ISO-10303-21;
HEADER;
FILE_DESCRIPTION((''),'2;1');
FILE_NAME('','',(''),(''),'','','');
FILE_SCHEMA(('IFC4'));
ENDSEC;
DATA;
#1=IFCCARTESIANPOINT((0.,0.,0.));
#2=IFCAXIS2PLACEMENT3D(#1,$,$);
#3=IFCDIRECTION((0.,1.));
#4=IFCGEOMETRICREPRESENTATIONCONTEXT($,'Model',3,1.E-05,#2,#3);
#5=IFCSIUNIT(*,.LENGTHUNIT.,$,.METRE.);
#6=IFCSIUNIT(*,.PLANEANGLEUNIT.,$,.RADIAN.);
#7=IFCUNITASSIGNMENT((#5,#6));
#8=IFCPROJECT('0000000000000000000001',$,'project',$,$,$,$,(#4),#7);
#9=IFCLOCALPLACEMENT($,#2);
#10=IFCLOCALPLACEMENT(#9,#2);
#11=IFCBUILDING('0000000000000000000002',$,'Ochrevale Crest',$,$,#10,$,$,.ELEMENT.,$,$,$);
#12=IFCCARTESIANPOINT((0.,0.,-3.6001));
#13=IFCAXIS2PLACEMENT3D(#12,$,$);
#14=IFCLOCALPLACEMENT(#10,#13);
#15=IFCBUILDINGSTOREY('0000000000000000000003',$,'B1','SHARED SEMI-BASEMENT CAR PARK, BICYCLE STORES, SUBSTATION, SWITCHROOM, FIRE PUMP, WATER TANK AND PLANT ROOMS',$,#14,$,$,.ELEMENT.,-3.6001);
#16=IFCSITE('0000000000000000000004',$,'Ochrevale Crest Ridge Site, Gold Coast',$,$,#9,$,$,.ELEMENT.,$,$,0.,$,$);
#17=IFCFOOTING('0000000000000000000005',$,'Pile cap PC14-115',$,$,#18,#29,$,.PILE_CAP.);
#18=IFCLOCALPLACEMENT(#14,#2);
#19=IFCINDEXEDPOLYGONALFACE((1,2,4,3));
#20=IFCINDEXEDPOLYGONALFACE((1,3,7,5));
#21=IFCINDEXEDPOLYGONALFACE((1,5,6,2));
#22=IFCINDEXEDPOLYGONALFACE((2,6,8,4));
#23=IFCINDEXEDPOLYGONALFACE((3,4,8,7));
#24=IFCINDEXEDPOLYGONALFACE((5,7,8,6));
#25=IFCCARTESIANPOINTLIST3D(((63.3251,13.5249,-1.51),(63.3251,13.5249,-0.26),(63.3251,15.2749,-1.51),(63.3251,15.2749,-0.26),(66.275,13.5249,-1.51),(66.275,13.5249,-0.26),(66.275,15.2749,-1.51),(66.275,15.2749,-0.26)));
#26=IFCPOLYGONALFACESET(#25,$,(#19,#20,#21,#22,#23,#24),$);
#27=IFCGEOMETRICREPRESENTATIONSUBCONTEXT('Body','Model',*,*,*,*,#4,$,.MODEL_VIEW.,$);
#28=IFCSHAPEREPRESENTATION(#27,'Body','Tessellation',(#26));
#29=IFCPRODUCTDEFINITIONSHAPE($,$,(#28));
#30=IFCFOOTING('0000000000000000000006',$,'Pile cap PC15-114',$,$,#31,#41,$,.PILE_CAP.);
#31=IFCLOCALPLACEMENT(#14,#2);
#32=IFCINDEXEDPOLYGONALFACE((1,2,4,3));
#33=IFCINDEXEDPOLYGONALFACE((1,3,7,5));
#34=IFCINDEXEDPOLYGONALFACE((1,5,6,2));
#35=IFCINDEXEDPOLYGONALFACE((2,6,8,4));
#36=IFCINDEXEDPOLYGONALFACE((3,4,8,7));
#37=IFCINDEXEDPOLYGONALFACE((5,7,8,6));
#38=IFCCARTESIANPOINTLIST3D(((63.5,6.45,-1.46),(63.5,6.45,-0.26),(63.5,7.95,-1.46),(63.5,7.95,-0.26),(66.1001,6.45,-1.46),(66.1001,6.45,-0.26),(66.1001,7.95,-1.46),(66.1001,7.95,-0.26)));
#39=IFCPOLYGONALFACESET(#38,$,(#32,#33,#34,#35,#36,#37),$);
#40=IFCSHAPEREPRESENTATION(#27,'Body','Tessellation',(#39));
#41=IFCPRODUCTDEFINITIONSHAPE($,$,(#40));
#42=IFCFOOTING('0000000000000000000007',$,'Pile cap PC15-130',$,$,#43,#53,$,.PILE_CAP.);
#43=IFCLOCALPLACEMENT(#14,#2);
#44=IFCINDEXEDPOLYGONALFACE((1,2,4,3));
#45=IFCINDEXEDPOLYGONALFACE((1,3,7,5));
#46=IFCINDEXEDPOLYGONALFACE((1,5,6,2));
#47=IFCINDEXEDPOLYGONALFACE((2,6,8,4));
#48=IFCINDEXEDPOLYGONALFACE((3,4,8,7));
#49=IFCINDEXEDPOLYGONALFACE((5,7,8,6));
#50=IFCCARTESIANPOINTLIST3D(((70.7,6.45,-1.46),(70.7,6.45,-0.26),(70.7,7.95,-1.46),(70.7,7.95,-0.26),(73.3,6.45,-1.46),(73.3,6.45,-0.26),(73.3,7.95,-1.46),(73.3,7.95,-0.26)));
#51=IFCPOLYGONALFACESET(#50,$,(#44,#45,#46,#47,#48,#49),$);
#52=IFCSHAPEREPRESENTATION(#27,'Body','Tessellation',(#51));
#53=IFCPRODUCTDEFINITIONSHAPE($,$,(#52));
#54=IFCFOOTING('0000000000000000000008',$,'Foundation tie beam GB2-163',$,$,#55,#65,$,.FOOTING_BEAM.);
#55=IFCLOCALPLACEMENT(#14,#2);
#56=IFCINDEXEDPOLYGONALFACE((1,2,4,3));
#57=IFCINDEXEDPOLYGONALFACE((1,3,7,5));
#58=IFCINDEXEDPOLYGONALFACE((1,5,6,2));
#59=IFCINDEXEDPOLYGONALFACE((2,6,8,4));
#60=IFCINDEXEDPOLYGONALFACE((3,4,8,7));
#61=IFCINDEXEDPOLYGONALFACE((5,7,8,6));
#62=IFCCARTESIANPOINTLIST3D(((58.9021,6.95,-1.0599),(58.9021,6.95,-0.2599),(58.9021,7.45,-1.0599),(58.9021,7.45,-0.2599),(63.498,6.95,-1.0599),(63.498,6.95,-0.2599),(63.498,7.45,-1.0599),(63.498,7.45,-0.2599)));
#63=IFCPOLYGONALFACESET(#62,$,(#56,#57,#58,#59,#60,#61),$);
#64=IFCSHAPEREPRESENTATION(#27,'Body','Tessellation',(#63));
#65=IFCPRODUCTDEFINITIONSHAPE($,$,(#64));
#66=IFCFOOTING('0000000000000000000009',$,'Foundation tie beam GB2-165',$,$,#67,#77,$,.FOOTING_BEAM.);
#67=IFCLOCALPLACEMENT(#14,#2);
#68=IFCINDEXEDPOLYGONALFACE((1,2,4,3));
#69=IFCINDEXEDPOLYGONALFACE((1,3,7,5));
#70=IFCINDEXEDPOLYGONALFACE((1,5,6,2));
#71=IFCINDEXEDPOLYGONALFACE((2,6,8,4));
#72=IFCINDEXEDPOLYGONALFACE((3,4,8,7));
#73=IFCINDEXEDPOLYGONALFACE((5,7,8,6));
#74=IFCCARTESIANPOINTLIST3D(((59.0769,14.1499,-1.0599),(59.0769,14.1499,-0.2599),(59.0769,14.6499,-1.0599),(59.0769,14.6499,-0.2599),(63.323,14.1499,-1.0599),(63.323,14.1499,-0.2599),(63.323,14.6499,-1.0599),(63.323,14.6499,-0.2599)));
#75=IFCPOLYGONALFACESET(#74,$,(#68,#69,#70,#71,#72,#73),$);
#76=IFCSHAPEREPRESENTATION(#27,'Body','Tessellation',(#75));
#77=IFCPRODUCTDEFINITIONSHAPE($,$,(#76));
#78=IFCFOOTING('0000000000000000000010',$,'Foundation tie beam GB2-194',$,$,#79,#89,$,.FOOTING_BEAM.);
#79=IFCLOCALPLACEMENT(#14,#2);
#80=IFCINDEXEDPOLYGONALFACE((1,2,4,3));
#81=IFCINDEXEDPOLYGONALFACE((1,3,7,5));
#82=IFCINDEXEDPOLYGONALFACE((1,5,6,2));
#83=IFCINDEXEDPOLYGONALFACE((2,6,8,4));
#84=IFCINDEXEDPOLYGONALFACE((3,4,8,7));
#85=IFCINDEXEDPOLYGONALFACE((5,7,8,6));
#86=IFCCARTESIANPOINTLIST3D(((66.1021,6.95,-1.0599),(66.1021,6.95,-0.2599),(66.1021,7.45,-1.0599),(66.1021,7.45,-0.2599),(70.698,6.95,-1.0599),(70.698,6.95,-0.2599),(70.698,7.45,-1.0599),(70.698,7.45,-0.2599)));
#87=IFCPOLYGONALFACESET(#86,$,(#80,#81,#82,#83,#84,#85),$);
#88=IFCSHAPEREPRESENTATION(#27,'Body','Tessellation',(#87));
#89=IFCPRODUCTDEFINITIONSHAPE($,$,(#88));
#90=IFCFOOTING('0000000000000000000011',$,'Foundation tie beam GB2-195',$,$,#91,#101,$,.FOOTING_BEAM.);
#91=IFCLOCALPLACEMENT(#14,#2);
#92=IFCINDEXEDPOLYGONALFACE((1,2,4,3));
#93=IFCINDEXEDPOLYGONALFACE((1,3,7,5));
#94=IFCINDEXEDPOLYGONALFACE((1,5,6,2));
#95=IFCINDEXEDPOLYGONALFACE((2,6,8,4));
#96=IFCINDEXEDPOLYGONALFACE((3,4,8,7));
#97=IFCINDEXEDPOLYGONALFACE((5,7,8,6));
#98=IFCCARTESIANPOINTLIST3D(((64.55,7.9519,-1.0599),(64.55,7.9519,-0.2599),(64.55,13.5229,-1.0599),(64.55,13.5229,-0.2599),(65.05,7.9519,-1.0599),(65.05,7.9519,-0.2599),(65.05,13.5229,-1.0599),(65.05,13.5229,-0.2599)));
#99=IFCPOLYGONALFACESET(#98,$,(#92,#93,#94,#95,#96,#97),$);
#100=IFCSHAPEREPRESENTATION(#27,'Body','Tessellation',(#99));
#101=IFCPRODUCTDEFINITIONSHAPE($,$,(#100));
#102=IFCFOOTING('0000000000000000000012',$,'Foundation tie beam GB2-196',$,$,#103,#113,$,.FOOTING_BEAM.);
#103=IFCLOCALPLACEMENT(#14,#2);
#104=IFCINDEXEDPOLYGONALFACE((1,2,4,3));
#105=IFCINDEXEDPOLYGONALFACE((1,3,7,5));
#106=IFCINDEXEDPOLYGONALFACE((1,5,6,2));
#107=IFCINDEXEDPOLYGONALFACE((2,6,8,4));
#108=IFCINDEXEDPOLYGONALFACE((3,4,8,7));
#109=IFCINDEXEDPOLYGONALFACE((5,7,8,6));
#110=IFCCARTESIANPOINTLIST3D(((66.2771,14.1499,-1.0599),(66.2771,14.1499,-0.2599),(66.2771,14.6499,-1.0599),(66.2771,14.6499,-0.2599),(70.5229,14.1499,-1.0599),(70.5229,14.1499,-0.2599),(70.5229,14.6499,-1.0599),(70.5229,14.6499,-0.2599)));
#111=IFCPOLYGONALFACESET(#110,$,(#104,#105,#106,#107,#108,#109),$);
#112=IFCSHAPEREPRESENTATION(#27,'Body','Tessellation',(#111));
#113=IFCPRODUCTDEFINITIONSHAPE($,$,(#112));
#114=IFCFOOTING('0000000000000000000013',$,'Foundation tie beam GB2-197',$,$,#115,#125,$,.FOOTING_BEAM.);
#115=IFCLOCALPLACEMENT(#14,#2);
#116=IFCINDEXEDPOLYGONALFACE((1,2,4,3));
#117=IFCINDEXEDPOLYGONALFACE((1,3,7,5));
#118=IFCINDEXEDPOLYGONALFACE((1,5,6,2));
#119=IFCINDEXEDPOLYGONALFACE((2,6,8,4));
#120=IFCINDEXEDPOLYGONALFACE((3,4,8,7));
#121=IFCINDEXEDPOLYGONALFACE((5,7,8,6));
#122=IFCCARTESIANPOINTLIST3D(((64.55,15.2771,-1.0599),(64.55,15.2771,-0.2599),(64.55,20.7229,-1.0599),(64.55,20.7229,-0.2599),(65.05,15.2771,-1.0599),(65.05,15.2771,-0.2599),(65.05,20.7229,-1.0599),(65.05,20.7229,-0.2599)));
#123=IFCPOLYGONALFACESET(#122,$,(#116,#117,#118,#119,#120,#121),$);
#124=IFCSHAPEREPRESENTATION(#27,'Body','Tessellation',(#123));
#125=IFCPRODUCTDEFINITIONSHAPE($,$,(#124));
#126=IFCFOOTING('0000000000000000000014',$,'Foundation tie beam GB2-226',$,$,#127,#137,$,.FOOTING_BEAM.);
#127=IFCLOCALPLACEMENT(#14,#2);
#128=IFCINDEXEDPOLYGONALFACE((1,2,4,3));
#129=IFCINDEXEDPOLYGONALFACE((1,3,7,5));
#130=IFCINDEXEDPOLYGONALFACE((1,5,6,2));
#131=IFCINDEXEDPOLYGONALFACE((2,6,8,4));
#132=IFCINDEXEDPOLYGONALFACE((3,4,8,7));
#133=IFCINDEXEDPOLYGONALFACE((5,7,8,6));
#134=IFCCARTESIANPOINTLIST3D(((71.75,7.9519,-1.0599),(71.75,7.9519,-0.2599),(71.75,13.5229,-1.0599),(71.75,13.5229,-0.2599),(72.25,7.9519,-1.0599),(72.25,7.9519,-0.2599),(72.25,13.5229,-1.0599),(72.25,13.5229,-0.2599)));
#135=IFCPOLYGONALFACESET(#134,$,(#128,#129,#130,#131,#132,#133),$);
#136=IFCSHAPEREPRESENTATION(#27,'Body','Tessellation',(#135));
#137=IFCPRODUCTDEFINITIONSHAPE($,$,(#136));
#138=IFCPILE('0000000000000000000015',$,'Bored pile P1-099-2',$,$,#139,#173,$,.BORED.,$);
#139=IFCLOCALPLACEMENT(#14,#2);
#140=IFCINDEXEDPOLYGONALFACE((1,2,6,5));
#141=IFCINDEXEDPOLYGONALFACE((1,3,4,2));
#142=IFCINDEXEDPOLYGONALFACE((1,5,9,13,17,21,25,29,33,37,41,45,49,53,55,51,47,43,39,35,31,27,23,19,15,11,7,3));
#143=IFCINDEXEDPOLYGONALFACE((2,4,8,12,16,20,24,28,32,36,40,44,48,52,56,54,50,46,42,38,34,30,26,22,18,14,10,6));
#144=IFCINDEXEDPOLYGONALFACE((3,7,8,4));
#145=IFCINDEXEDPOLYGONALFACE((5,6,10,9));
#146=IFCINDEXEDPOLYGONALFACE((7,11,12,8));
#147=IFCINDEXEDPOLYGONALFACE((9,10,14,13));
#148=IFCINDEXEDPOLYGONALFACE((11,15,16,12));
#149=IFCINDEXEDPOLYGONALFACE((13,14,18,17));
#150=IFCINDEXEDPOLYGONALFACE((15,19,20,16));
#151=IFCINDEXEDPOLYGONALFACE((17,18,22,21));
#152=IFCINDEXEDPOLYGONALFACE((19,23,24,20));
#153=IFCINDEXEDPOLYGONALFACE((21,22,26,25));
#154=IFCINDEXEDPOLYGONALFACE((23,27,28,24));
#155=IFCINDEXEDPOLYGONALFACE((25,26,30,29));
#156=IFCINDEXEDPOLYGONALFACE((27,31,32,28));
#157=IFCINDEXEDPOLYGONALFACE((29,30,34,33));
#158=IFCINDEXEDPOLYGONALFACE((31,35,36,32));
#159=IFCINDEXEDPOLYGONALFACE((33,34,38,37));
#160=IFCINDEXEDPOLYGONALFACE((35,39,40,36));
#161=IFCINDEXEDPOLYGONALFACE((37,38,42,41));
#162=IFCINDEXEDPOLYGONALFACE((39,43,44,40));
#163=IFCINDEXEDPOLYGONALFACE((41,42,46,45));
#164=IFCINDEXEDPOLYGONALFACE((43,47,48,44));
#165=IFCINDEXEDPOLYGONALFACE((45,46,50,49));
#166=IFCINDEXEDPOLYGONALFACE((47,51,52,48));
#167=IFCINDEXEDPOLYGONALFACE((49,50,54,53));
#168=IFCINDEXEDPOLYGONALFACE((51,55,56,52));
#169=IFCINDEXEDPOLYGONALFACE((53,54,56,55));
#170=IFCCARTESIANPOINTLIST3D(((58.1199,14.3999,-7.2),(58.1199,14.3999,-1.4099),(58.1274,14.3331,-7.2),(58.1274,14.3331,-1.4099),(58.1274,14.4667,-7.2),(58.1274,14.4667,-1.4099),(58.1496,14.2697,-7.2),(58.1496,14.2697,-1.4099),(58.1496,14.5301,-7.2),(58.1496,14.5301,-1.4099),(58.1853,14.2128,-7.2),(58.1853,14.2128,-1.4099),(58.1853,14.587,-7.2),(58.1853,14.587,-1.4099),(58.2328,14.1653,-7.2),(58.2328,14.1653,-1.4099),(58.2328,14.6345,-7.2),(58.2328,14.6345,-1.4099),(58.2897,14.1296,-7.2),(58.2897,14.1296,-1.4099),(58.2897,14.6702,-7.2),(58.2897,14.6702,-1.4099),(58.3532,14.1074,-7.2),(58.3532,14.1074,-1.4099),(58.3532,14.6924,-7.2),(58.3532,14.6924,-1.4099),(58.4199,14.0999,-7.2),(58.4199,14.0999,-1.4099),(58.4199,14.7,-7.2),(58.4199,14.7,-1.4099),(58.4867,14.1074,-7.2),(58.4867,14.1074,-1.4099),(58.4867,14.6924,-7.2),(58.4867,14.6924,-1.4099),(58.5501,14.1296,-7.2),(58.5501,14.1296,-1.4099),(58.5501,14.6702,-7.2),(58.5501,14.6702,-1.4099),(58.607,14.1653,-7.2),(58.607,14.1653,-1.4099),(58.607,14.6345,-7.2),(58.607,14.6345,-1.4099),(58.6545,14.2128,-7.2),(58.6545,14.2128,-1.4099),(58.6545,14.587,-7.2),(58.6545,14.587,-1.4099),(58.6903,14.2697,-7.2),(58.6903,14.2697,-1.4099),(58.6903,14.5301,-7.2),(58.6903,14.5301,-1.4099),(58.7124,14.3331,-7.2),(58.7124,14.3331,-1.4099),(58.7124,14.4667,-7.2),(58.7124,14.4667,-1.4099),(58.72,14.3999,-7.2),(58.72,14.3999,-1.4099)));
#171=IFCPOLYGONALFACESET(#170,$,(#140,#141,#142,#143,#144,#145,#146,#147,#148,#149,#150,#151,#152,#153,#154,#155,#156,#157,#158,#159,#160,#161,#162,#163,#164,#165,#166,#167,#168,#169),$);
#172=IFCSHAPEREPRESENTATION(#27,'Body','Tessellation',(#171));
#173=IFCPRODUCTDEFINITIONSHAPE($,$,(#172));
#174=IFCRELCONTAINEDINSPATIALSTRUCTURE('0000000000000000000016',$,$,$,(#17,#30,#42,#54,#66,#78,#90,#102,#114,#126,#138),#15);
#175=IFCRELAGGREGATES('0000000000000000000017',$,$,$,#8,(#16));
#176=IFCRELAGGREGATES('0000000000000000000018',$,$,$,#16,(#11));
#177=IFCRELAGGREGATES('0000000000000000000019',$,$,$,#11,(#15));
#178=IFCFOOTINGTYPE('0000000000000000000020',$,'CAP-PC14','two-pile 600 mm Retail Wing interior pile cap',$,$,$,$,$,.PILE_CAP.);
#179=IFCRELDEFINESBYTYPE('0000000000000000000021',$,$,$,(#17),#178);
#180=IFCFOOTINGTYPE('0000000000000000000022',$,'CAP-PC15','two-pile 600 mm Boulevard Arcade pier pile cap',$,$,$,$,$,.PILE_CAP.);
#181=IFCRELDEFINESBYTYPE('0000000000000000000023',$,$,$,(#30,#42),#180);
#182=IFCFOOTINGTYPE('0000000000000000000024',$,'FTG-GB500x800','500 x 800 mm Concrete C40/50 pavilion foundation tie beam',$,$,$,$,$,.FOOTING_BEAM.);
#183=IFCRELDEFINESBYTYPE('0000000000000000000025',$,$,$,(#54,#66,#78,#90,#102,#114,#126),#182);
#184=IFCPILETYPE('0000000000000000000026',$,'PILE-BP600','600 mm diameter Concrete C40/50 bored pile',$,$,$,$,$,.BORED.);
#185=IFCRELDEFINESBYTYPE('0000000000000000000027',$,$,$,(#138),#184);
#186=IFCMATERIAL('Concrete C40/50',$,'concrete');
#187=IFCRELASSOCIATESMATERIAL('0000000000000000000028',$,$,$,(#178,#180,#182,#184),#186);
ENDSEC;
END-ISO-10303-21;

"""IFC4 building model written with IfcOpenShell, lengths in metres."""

from ifc_helpers import new_model, si_unit, direction, frame, origin, origin_2d, place, context, subcontext, project, spatial, rectangle, circle, extrude, material, material_profile, profile_set, type_object, element, save


model = new_model("IFC4")

# Units and contexts
model_context = context("Model", 3, precision=1e-05, world=origin(), true_north=direction((0.0, 1.0)))
body_context = subcontext(model_context, "Body", "Model", "MODEL_VIEW")
ifc_project = project(units=[si_unit("LENGTHUNIT", "METRE"), si_unit("PLANEANGLEUNIT", "RADIAN")], contexts=[model_context])

# Site, building, storey
site_placement = place(None, origin())
site = spatial("IfcSite", under=ifc_project, at=site_placement, Name="Ochrevale Crest Ridge Site, Gold Coast", CompositionType="ELEMENT", RefElevation=0.0)
building_placement = place(site_placement, origin())
building = spatial("IfcBuilding", under=site, at=building_placement, Name="Ochrevale Crest", CompositionType="ELEMENT")
storey_placement = place(building_placement, frame((0.0, 0.0, -3.6001)))
storey = spatial("IfcBuildingStorey", under=building, at=storey_placement, Name="B1", Description="SHARED SEMI-BASEMENT CAR PARK, BICYCLE STORES, SUBSTATION, SWITCHROOM, FIRE PUMP, WATER TANK AND PLANT ROOMS", CompositionType="ELEMENT", Elevation=-3.6001)

# Footings
ifc_material_1 = material(Name="Concrete C40/50", Category="concrete")
footing_type_1 = type_object("IfcFootingType", Name="CAP-PC14", Description="two-pile 600 mm Retail Wing interior pile cap", PredefinedType="PILE_CAP", material=ifc_material_1)
footing_1_placement = place(storey_placement, frame((64.8, 14.3999, -1.51), z_axis=(0.0, 0.0, 1.0), x_axis=(1.0, 0.0, 0.0)))
element("IfcFooting", 1, at=footing_1_placement, inside=storey, type_object=footing_type_1, Name="Pile cap PC14-115", PredefinedType="PILE_CAP", context=body_context, shape_type="SweptSolid", body=[
    extrude(rectangle(XDim=2.95, YDim=1.75, at=origin_2d()), origin(), (0.0, 0.0, 1.0), 1.25),
])
footing_type_2 = type_object("IfcFootingType", Name="CAP-PC15", Description="two-pile 600 mm Boulevard Arcade pier pile cap", PredefinedType="PILE_CAP", material=ifc_material_1)
for number, where, z_axis, x_axis, name in (
    (2, (64.8, 7.2, -1.46), (0.0, 0.0, 1.0), (1.0, 0.0, 0.0), "Pile cap PC15-114"),
    (3, (72.0, 7.2, -1.46), (0.0, 0.0, 1.0), (1.0, 0.0, 0.0), "Pile cap PC15-130"),
):
    element("IfcFooting", number, at=place(storey_placement, frame(where, z_axis=z_axis, x_axis=x_axis)), inside=storey, type_object=footing_type_2, Name=name, PredefinedType="PILE_CAP", context=body_context, shape_type="SweptSolid", body=[
        extrude(rectangle(XDim=2.6001, YDim=1.5, at=origin_2d()), origin(), (0.0, 0.0, 1.0), 1.2),
    ])
ifc_material_profile_1 = material_profile(ifc_material_1, rectangle(XDim=0.5, YDim=0.8, at=origin_2d()), Name="GB 500x800")
ifc_profile_set_1 = profile_set([ifc_material_profile_1], Name="Concrete C40/50")
footing_type_3 = type_object("IfcFootingType", Name="FTG-GB500x800", Description="500 x 800 mm Concrete C40/50 pavilion foundation tie beam", PredefinedType="FOOTING_BEAM", material=ifc_profile_set_1)
footing_2_placement = place(storey_placement, frame((58.9021, 7.2, -0.6599), z_axis=(1.0, 0.0, 0.0), x_axis=(0.0, 1.0, 0.0)))
element("IfcFooting", 4, at=footing_2_placement, inside=storey, type_object=footing_type_3, Name="Foundation tie beam GB2-163", PredefinedType="FOOTING_BEAM", context=body_context, shape_type="SweptSolid", body=[
    extrude(rectangle(XDim=0.5, YDim=0.8, at=origin_2d()), origin(), (0.0, 0.0, 1.0), 4.5959),
])
footing_3_placement = place(storey_placement, frame((59.0769, 14.3999, -0.6599), z_axis=(1.0, 0.0, 0.0), x_axis=(0.0, 1.0, 0.0)))
element("IfcFooting", 5, at=footing_3_placement, inside=storey, type_object=footing_type_3, Name="Foundation tie beam GB2-165", PredefinedType="FOOTING_BEAM", context=body_context, shape_type="SweptSolid", body=[
    extrude(rectangle(XDim=0.5, YDim=0.8, at=origin_2d()), origin(), (0.0, 0.0, 1.0), 4.2461),
])
footing_4_placement = place(storey_placement, frame((66.1021, 7.2, -0.6599), z_axis=(1.0, 0.0, 0.0), x_axis=(0.0, 1.0, 0.0)))
element("IfcFooting", 6, at=footing_4_placement, inside=storey, type_object=footing_type_3, Name="Foundation tie beam GB2-194", PredefinedType="FOOTING_BEAM", context=body_context, shape_type="SweptSolid", body=[
    extrude(rectangle(XDim=0.5, YDim=0.8, at=origin_2d()), origin(), (0.0, 0.0, 1.0), 4.5959),
])
footing_5_placement = place(storey_placement, frame((64.8, 7.9519, -0.6599), z_axis=(0.0, 1.0, 0.0), x_axis=(-1.0, 0.0, 0.0)))
element("IfcFooting", 7, at=footing_5_placement, inside=storey, type_object=footing_type_3, Name="Foundation tie beam GB2-195", PredefinedType="FOOTING_BEAM", context=body_context, shape_type="SweptSolid", body=[
    extrude(rectangle(XDim=0.5, YDim=0.8, at=origin_2d()), origin(), (0.0, 0.0, 1.0), 5.571),
])
footing_6_placement = place(storey_placement, frame((66.2771, 14.3999, -0.6599), z_axis=(1.0, 0.0, 0.0), x_axis=(0.0, 1.0, 0.0)))
element("IfcFooting", 8, at=footing_6_placement, inside=storey, type_object=footing_type_3, Name="Foundation tie beam GB2-196", PredefinedType="FOOTING_BEAM", context=body_context, shape_type="SweptSolid", body=[
    extrude(rectangle(XDim=0.5, YDim=0.8, at=origin_2d()), origin(), (0.0, 0.0, 1.0), 4.2458),
])
footing_7_placement = place(storey_placement, frame((64.8, 15.2771, -0.6599), z_axis=(0.0, 1.0, 0.0), x_axis=(-1.0, 0.0, 0.0)))
element("IfcFooting", 9, at=footing_7_placement, inside=storey, type_object=footing_type_3, Name="Foundation tie beam GB2-197", PredefinedType="FOOTING_BEAM", context=body_context, shape_type="SweptSolid", body=[
    extrude(rectangle(XDim=0.5, YDim=0.8, at=origin_2d()), origin(), (0.0, 0.0, 1.0), 5.4458),
])
footing_8_placement = place(storey_placement, frame((72.0, 7.9519, -0.6599), z_axis=(0.0, 1.0, 0.0), x_axis=(-1.0, 0.0, 0.0)))
element("IfcFooting", 10, at=footing_8_placement, inside=storey, type_object=footing_type_3, Name="Foundation tie beam GB2-226", PredefinedType="FOOTING_BEAM", context=body_context, shape_type="SweptSolid", body=[
    extrude(rectangle(XDim=0.5, YDim=0.8, at=origin_2d()), origin(), (0.0, 0.0, 1.0), 5.571),
])

# Pile
ifc_material_profile_2 = material_profile(ifc_material_1, circle(Radius=0.3, at=origin_2d()), Name="BORED PILE 600")
ifc_profile_set_2 = profile_set([ifc_material_profile_2], Name="Concrete C40/50")
pile_type = type_object("IfcPileType", Name="PILE-BP600", Description="600 mm diameter Concrete C40/50 bored pile", PredefinedType="BORED", material=ifc_profile_set_2)
pile_1_placement = place(storey_placement, frame((58.4199, 14.3999, -1.4099), z_axis=(0.0, 0.0, -1.0), x_axis=(1.0, 0.0, 0.0)))
element("IfcPile", 11, at=pile_1_placement, inside=storey, type_object=pile_type, Name="Bored pile P1-099-2", PredefinedType="BORED", context=body_context, shape_type="SweptSolid", body=[
    extrude(circle(Radius=0.3, at=origin_2d()), origin(), (0.0, 0.0, 1.0), 5.79),
])

save(model, "model.ifc")
